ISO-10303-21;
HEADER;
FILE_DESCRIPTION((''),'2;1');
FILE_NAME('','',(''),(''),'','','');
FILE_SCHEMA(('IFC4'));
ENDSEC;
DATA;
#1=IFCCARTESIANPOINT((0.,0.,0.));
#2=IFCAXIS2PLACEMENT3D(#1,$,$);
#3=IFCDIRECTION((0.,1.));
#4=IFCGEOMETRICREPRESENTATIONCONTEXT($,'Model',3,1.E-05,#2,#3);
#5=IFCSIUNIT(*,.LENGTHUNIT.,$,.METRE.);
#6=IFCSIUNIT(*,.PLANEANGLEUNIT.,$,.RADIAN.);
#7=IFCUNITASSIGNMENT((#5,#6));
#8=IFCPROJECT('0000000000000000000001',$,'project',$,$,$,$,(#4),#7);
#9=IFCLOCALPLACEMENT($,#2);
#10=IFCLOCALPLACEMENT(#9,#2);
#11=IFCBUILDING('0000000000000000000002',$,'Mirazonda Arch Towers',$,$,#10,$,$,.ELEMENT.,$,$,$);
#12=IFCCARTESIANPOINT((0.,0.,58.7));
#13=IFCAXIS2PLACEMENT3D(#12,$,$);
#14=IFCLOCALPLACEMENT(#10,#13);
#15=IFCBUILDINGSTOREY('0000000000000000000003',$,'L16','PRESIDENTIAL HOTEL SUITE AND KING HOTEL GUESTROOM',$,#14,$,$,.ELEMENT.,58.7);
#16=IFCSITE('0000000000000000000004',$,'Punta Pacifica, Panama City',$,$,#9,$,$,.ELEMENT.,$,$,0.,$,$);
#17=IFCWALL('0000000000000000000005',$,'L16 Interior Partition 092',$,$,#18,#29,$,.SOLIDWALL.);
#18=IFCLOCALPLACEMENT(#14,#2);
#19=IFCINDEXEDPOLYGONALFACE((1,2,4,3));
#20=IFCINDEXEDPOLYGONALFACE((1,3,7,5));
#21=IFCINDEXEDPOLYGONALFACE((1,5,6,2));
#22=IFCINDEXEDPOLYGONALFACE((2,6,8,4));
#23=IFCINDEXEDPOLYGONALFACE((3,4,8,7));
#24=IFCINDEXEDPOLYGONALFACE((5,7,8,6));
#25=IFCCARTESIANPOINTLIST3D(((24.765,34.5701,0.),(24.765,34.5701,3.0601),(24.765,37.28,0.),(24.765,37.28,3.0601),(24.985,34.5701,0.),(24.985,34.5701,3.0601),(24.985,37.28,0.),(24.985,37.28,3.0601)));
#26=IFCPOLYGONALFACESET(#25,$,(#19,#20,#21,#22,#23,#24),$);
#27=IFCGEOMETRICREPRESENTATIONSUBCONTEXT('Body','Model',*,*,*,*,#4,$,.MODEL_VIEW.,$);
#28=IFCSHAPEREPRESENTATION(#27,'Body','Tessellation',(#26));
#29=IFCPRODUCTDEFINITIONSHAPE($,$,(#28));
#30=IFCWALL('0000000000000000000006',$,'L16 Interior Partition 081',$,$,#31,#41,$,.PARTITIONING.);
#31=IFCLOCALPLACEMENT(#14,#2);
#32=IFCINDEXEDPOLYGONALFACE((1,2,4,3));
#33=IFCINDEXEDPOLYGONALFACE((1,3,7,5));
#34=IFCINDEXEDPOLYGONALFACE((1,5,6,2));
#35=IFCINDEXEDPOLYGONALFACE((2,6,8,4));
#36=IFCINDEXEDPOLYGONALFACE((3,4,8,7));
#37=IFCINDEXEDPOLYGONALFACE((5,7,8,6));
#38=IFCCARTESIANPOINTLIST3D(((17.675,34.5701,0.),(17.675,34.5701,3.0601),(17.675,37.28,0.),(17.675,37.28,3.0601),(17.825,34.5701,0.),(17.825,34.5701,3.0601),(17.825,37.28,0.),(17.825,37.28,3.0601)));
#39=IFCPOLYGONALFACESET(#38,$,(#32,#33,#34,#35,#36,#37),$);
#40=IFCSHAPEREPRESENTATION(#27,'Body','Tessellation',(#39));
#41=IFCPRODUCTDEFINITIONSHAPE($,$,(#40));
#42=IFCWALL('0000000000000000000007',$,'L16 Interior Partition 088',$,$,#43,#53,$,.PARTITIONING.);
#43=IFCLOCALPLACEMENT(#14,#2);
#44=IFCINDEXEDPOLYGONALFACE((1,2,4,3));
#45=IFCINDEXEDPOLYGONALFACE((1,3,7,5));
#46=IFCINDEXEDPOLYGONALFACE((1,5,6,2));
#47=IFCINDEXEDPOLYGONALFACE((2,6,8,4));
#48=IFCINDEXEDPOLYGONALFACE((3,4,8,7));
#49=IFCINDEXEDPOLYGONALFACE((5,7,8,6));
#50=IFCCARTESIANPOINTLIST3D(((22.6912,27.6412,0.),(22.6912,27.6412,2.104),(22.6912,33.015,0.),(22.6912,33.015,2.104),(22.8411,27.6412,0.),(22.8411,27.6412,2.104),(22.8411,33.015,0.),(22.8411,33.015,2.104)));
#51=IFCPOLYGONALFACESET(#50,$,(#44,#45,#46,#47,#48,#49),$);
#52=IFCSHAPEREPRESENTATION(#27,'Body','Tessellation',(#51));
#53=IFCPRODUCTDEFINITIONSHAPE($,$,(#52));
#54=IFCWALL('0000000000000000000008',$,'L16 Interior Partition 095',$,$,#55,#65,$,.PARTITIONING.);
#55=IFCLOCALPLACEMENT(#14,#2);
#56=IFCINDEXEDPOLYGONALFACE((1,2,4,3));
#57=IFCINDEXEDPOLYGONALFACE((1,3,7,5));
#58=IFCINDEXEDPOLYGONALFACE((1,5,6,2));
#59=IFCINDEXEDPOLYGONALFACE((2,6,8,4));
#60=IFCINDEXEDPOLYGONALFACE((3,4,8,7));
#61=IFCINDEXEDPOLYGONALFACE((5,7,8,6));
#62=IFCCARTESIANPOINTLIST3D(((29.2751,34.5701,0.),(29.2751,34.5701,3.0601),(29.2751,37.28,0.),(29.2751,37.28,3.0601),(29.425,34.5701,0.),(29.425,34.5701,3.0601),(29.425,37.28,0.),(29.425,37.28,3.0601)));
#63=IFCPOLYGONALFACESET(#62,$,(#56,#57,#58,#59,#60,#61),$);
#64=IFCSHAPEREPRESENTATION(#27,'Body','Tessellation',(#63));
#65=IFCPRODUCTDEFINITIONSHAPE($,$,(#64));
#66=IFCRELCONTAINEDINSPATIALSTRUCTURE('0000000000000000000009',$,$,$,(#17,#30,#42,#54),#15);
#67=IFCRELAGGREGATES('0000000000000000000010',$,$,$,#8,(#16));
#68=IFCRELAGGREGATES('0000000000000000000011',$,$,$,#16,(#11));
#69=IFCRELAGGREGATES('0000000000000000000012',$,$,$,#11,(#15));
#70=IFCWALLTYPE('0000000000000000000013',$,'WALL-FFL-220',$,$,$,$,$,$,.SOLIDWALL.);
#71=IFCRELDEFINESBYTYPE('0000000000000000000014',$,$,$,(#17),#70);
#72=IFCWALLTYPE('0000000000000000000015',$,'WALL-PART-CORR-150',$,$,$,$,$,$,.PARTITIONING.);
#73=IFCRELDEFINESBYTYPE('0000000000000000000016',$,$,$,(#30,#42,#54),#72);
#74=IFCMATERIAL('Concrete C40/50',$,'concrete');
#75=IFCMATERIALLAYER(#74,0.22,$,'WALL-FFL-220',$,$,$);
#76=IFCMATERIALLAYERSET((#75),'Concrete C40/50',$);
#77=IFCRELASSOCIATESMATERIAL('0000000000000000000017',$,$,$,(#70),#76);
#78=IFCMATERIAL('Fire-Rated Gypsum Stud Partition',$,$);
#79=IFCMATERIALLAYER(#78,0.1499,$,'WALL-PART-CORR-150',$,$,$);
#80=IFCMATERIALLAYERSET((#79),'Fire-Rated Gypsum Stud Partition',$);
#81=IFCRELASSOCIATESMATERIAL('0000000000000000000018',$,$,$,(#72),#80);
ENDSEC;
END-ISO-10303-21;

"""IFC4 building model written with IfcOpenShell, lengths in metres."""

from ifc_helpers import new_model, si_unit, direction, frame, frame_2d, origin, place, context, subcontext, project, spatial, rectangle, extrude, material, layer, layer_set, type_object, element, save


model = new_model("IFC4")

# Units and contexts
model_context = context("Model", 3, precision=1e-05, world=origin(), true_north=direction((0.0, 1.0)))
body_context = subcontext(model_context, "Body", "Model", "MODEL_VIEW")
ifc_project = project(units=[si_unit("LENGTHUNIT", "METRE"), si_unit("PLANEANGLEUNIT", "RADIAN")], contexts=[model_context])

# Site, building, storey
site_placement = place(None, origin())
site = spatial("IfcSite", under=ifc_project, at=site_placement, Name="Punta Pacifica, Panama City", CompositionType="ELEMENT", RefElevation=0.0)
building_placement = place(site_placement, origin())
building = spatial("IfcBuilding", under=site, at=building_placement, Name="Mirazonda Arch Towers", CompositionType="ELEMENT")
storey_placement = place(building_placement, frame((0.0, 0.0, 58.7)))
storey = spatial("IfcBuildingStorey", under=building, at=storey_placement, Name="L16", Description="PRESIDENTIAL HOTEL SUITE AND KING HOTEL GUESTROOM", CompositionType="ELEMENT", Elevation=58.7)

# Walls
ifc_material_1 = material(Name="Concrete C40/50", Category="concrete")
ifc_layer_1 = layer(ifc_material_1, 0.22, Name="WALL-FFL-220")
ifc_layer_set_1 = layer_set([ifc_layer_1], Name="Concrete C40/50")
wall_type_1 = type_object("IfcWallType", Name="WALL-FFL-220", PredefinedType="SOLIDWALL", material=ifc_layer_set_1)
for number, where, z_axis, x_axis, name in (
    (1, (24.875, 34.5701, 0.0), (0.0, 0.0, 1.0), (0.0, 1.0, 0.0), "L16 Interior Partition 092"),
):
    element("IfcWall", number, at=place(storey_placement, frame(where, z_axis=z_axis, x_axis=x_axis)), inside=storey, type_object=wall_type_1, Name=name, PredefinedType="SOLIDWALL", context=body_context, shape_type="SweptSolid", body=[
        extrude(rectangle(XDim=2.71, YDim=0.22, at=frame_2d((1.355, 0.0))), origin(), (0.0, 0.0, 1.0), 3.0601),
    ])
ifc_material_2 = material(Name="Fire-Rated Gypsum Stud Partition")
ifc_layer_2 = layer(ifc_material_2, 0.1499, Name="WALL-PART-CORR-150")
ifc_layer_set_2 = layer_set([ifc_layer_2], Name="Fire-Rated Gypsum Stud Partition")
wall_type_2 = type_object("IfcWallType", Name="WALL-PART-CORR-150", PredefinedType="PARTITIONING", material=ifc_layer_set_2)
wall_1_placement = place(storey_placement, frame((17.75, 34.5701, 0.0), z_axis=(0.0, 0.0, 1.0), x_axis=(0.0, 1.0, 0.0)))
element("IfcWall", 2, at=wall_1_placement, inside=storey, type_object=wall_type_2, Name="L16 Interior Partition 081", PredefinedType="PARTITIONING", context=body_context, shape_type="SweptSolid", body=[
    extrude(rectangle(XDim=2.71, YDim=0.1499, at=frame_2d((1.355, 0.0))), origin(), (0.0, 0.0, 1.0), 3.0601),
])
wall_2_placement = place(storey_placement, frame((22.7661, 27.6411, 0.0), z_axis=(0.0, 0.0, 1.0), x_axis=(0.0, 1.0, 0.0)))
element("IfcWall", 3, at=wall_2_placement, inside=storey, type_object=wall_type_2, Name="L16 Interior Partition 088", PredefinedType="PARTITIONING", context=body_context, shape_type="SweptSolid", body=[
    extrude(rectangle(XDim=5.3738, YDim=0.1499, at=frame_2d((2.687, 0.0))), origin(), (0.0, 0.0, 1.0), 2.104),
])
wall_3_placement = place(storey_placement, frame((29.3501, 34.5701, 0.0), z_axis=(0.0, 0.0, 1.0), x_axis=(0.0, 1.0, 0.0)))
element("IfcWall", 4, at=wall_3_placement, inside=storey, type_object=wall_type_2, Name="L16 Interior Partition 095", PredefinedType="PARTITIONING", context=body_context, shape_type="SweptSolid", body=[
    extrude(rectangle(XDim=2.71, YDim=0.1499, at=frame_2d((1.355, 0.0))), origin(), (0.0, 0.0, 1.0), 3.0601),
])

save(model, "model.ifc")
